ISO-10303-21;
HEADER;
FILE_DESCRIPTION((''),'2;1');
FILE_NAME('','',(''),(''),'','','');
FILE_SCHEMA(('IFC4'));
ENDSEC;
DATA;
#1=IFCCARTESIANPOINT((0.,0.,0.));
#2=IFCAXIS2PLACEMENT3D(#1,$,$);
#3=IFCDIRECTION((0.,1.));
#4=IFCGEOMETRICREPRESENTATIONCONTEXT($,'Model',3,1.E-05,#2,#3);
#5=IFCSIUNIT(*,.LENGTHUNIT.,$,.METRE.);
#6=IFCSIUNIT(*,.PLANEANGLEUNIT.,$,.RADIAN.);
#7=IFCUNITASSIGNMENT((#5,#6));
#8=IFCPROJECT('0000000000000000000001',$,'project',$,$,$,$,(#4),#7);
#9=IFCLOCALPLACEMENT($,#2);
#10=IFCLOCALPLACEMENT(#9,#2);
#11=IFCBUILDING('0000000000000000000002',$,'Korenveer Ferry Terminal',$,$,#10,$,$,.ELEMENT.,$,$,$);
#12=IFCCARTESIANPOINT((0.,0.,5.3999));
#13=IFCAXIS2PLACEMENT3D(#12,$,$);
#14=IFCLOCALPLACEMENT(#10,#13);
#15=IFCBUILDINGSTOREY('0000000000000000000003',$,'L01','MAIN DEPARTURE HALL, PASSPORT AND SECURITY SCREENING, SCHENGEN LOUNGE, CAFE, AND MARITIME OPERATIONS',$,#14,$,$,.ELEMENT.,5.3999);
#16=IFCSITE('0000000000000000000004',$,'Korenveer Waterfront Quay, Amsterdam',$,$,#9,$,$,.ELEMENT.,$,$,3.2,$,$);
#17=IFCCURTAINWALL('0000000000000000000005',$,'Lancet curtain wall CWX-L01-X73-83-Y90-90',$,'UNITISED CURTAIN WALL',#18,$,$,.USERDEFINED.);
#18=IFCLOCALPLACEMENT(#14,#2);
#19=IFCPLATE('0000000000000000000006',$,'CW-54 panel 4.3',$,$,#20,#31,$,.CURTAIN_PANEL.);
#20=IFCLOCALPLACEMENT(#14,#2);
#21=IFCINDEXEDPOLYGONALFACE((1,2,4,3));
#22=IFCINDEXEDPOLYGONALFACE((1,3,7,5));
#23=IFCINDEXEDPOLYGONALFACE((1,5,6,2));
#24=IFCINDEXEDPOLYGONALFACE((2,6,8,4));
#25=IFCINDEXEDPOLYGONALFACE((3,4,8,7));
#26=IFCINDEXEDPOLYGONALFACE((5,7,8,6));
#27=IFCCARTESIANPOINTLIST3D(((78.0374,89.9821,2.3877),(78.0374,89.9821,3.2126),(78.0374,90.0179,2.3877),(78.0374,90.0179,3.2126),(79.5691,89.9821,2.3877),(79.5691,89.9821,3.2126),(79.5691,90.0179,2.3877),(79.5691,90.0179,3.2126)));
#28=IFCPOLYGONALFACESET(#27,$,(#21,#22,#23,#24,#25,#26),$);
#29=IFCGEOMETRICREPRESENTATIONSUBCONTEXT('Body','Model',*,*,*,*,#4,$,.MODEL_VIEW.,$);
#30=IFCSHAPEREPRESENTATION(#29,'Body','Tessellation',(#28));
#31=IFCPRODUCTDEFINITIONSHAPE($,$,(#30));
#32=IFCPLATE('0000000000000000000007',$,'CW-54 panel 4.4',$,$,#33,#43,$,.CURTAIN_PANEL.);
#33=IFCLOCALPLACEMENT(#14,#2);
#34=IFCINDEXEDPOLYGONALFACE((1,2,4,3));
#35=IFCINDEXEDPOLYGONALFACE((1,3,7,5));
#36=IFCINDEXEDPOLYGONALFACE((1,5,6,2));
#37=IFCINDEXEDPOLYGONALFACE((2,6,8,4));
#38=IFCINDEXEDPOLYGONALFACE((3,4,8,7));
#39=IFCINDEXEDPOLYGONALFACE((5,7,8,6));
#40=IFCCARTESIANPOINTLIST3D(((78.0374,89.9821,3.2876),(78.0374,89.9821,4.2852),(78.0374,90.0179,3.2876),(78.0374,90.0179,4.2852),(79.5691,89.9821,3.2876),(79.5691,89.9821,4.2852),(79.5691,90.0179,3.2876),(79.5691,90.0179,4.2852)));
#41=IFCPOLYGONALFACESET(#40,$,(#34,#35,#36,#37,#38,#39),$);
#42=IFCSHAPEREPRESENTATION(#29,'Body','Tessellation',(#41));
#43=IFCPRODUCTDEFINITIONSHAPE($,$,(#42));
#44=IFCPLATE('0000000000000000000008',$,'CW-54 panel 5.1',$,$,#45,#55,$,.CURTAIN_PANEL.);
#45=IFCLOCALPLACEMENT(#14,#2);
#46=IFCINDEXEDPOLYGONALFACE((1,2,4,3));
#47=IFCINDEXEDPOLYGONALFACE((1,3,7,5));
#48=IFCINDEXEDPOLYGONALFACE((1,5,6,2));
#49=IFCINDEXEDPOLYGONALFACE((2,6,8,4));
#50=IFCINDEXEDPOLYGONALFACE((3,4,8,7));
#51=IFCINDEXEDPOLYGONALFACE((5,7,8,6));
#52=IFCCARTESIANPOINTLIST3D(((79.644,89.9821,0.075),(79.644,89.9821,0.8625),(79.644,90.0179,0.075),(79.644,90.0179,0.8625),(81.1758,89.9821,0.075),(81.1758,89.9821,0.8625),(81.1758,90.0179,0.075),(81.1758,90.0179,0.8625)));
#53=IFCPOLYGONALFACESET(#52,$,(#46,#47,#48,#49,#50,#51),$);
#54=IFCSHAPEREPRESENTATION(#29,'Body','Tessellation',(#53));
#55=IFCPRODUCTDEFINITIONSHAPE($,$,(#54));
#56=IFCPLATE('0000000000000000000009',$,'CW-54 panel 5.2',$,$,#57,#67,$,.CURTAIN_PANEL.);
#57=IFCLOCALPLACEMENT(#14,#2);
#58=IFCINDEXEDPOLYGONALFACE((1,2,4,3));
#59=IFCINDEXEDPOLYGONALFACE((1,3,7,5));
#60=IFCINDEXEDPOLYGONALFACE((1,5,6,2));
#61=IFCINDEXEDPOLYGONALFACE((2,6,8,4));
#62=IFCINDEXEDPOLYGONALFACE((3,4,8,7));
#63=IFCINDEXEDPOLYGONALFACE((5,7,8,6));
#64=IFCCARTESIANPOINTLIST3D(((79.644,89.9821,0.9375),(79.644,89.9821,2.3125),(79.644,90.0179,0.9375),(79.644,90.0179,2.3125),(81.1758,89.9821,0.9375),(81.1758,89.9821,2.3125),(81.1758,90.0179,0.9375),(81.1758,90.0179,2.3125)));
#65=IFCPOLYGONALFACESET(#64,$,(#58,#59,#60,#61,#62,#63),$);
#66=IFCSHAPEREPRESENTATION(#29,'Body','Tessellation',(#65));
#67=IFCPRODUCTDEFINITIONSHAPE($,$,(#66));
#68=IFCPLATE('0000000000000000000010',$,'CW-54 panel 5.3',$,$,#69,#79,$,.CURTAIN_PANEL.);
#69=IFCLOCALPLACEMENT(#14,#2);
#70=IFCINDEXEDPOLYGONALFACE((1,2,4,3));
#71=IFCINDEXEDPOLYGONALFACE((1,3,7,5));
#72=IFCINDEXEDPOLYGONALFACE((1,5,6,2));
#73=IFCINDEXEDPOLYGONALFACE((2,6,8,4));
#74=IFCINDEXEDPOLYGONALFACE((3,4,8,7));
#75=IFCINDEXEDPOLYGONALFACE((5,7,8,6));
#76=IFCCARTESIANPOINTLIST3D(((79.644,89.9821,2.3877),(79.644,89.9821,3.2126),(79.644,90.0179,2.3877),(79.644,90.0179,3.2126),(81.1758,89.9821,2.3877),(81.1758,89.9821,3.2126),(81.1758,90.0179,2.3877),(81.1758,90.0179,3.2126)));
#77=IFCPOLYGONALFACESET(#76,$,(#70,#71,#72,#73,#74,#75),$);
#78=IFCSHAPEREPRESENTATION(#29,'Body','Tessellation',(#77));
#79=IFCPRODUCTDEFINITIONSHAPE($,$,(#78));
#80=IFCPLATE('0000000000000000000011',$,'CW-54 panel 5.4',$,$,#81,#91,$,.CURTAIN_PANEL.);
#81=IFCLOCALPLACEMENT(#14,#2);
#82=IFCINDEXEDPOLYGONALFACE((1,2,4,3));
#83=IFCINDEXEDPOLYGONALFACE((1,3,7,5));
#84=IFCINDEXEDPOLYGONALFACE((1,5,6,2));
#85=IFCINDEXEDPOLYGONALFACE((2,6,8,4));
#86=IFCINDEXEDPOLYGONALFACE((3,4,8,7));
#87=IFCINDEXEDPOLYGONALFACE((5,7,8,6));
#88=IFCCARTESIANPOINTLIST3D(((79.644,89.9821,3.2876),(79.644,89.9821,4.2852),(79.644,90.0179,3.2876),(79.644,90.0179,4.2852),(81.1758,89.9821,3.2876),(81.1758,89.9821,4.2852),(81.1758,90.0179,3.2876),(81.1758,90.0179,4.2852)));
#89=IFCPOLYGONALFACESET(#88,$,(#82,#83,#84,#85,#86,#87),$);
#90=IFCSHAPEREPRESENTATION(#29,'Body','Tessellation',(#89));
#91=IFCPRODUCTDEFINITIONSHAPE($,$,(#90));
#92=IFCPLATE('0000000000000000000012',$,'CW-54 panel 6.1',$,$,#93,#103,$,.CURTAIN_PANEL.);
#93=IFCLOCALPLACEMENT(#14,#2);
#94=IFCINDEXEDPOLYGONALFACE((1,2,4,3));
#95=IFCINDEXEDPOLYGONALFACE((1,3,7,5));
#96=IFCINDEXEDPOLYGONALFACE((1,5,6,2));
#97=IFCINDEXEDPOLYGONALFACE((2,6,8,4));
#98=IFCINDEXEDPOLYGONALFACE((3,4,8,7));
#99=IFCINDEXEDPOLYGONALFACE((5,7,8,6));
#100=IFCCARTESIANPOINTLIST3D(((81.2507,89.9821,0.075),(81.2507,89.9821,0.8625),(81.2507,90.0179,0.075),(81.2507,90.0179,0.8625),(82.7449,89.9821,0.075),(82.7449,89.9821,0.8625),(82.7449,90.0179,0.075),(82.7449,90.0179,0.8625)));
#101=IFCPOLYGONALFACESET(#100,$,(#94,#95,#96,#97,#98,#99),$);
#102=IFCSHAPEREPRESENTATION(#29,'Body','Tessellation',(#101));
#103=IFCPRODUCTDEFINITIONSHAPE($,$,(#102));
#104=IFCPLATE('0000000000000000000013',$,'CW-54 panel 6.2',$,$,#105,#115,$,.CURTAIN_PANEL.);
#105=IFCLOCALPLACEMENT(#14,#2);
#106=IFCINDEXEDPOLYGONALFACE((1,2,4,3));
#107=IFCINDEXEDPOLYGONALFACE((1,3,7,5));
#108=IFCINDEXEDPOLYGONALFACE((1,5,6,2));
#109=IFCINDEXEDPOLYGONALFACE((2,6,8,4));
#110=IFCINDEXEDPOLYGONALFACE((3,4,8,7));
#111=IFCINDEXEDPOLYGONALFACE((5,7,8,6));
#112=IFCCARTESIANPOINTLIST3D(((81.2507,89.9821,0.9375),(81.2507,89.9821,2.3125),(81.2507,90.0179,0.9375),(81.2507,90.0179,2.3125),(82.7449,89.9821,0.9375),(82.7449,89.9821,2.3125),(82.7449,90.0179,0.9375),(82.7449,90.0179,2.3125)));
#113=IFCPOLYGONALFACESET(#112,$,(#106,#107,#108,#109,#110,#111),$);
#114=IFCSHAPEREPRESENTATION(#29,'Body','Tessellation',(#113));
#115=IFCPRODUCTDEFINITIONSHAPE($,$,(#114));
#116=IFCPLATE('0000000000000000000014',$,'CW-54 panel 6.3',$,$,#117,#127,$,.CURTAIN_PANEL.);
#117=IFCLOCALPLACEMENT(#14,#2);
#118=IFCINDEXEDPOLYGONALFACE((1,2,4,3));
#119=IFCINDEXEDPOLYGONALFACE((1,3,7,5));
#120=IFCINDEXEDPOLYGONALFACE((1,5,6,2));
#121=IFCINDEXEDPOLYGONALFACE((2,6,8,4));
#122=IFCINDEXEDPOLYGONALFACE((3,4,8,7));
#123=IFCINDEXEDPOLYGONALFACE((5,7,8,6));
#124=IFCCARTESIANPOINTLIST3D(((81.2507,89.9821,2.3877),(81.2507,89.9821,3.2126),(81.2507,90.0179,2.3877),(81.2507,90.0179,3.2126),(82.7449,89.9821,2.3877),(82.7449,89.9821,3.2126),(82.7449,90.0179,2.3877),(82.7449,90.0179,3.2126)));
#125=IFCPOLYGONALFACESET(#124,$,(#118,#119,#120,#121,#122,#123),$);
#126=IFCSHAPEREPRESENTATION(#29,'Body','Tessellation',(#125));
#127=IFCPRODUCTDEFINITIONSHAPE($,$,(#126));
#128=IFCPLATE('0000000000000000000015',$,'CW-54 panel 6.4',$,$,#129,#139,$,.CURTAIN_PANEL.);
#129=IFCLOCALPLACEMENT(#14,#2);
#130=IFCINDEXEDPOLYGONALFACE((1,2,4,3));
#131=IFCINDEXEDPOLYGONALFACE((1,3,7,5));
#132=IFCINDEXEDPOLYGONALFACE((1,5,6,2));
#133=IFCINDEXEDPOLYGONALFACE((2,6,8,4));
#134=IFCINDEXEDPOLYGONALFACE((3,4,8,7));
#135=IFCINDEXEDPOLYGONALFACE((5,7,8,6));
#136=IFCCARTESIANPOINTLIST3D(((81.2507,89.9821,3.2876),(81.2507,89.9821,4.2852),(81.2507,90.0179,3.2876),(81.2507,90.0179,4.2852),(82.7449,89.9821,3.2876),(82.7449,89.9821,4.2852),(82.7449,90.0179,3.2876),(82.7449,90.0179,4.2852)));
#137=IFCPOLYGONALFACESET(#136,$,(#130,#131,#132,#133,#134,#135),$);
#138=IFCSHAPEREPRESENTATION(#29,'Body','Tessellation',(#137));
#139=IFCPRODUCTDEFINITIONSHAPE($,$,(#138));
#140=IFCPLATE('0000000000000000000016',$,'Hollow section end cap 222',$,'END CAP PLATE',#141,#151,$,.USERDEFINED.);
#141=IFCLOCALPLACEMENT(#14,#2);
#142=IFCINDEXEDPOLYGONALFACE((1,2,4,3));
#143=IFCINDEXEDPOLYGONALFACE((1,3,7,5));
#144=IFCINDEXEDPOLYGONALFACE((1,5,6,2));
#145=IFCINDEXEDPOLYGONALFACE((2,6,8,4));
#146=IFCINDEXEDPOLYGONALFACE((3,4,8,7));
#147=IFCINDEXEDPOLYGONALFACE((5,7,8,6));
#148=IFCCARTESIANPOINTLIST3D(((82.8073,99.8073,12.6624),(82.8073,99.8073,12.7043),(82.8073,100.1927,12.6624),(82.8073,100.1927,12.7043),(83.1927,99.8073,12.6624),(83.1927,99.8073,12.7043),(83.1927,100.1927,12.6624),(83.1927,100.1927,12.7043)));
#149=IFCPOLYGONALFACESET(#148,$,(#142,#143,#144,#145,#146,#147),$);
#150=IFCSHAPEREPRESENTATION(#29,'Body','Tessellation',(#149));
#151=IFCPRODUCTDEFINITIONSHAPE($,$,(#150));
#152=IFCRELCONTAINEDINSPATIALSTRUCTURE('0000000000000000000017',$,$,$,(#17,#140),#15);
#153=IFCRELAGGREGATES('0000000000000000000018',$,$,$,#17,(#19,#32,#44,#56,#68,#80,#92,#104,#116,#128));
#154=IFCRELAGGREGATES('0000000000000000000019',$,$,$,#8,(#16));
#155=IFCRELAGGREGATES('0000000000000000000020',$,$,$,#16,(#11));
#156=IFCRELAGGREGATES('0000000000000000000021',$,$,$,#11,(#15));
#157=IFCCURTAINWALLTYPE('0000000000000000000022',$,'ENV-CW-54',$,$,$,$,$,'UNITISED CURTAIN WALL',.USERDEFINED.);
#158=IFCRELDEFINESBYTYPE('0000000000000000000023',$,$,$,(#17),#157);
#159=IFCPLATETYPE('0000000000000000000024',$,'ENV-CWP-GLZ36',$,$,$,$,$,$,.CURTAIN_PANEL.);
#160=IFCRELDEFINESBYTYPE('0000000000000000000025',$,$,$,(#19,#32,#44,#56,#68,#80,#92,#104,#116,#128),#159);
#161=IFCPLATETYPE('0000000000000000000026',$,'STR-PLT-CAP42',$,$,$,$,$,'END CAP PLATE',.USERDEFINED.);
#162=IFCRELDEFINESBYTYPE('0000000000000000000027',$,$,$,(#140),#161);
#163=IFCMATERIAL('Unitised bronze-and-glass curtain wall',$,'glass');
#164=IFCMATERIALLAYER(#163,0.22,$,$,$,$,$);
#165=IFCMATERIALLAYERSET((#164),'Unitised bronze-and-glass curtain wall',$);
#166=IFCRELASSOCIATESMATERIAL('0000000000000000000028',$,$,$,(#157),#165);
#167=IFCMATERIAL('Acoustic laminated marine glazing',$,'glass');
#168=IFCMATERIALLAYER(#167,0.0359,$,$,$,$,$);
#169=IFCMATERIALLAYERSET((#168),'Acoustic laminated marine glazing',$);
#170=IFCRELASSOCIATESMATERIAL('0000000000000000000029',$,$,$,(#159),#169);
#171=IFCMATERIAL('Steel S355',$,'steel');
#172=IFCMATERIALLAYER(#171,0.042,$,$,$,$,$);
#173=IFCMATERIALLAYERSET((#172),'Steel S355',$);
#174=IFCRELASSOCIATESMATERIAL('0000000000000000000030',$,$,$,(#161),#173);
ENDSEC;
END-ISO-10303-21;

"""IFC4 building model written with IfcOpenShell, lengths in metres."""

from ifc_helpers import new_model, si_unit, direction, frame, origin, origin_2d, place, context, subcontext, project, spatial, rectangle, extrude, material, layer, layer_set, type_object, element, aggregate, save


model = new_model("IFC4")

# Units and contexts
model_context = context("Model", 3, precision=1e-05, world=origin(), true_north=direction((0.0, 1.0)))
body_context = subcontext(model_context, "Body", "Model", "MODEL_VIEW")
ifc_project = project(units=[si_unit("LENGTHUNIT", "METRE"), si_unit("PLANEANGLEUNIT", "RADIAN")], contexts=[model_context])

# Site, building, storey
site_placement = place(None, origin())
site = spatial("IfcSite", under=ifc_project, at=site_placement, Name="Korenveer Waterfront Quay, Amsterdam", CompositionType="ELEMENT", RefElevation=3.2)
building_placement = place(site_placement, origin())
building = spatial("IfcBuilding", under=site, at=building_placement, Name="Korenveer Ferry Terminal", CompositionType="ELEMENT")
storey_placement = place(building_placement, frame((0.0, 0.0, 5.3999)))
storey = spatial("IfcBuildingStorey", under=building, at=storey_placement, Name="L01", Description="MAIN DEPARTURE HALL, PASSPORT AND SECURITY SCREENING, SCHENGEN LOUNGE, CAFE, AND MARITIME OPERATIONS", CompositionType="ELEMENT", Elevation=5.3999)

# Shared definitions
ifc_material_1 = material(Name="Steel S355", Category="steel")

# Curtain wall, plates
ifc_material_2 = material(Name="Unitised bronze-and-glass curtain wall", Category="glass")
ifc_layer_1 = layer(ifc_material_2, 0.22)
ifc_layer_set_1 = layer_set([ifc_layer_1], Name="Unitised bronze-and-glass curtain wall")
curtain_wall_type = type_object("IfcCurtainWallType", Name="ENV-CW-54", ElementType="UNITISED CURTAIN WALL", PredefinedType="USERDEFINED", material=ifc_layer_set_1)
curtain_wall_placement = place(storey_placement, frame((73.1799, 90.0, 0.0)))
curtain_wall = element("IfcCurtainWall", 1, at=curtain_wall_placement, inside=storey, type_object=curtain_wall_type, Name="Lancet curtain wall CWX-L01-X73-83-Y90-90", ObjectType="UNITISED CURTAIN WALL", PredefinedType="USERDEFINED")
ifc_material_3 = material(Name="Acoustic laminated marine glazing", Category="glass")
ifc_layer_2 = layer(ifc_material_3, 0.0359)
ifc_layer_set_2 = layer_set([ifc_layer_2], Name="Acoustic laminated marine glazing")
plate_type_1 = type_object("IfcPlateType", Name="ENV-CWP-GLZ36", PredefinedType="CURTAIN_PANEL", material=ifc_layer_set_2)
plate_1_placement = place(storey_placement, frame((78.8032, 90.0, 2.3877), z_axis=(0.0, 0.0, 1.0), x_axis=(1.0, 0.0, 0.0)))
plate_1 = element("IfcPlate", 2, at=plate_1_placement, type_object=plate_type_1, Name="CW-54 panel 4.3", PredefinedType="CURTAIN_PANEL", context=body_context, shape_type="SweptSolid", body=[
    extrude(rectangle(XDim=1.5317, YDim=0.0359, at=origin_2d()), origin(), (0.0, 0.0, 1.0), 0.825),
])
plate_2_placement = place(storey_placement, frame((78.8032, 90.0, 3.2876), z_axis=(0.0, 0.0, 1.0), x_axis=(1.0, 0.0, 0.0)))
plate_2 = element("IfcPlate", 3, at=plate_2_placement, type_object=plate_type_1, Name="CW-54 panel 4.4", PredefinedType="CURTAIN_PANEL", context=body_context, shape_type="SweptSolid", body=[
    extrude(rectangle(XDim=1.5317, YDim=0.0359, at=origin_2d()), origin(), (0.0, 0.0, 1.0), 0.9976),
])
plate_3_placement = place(storey_placement, frame((80.4099, 90.0, 0.075), z_axis=(0.0, 0.0, 1.0), x_axis=(1.0, 0.0, 0.0)))
plate_3 = element("IfcPlate", 4, at=plate_3_placement, type_object=plate_type_1, Name="CW-54 panel 5.1", PredefinedType="CURTAIN_PANEL", context=body_context, shape_type="SweptSolid", body=[
    extrude(rectangle(XDim=1.5317, YDim=0.0359, at=origin_2d()), origin(), (0.0, 0.0, 1.0), 0.7876),
])
plate_4_placement = place(storey_placement, frame((80.4099, 90.0, 0.9375), z_axis=(0.0, 0.0, 1.0), x_axis=(1.0, 0.0, 0.0)))
plate_4 = element("IfcPlate", 5, at=plate_4_placement, type_object=plate_type_1, Name="CW-54 panel 5.2", PredefinedType="CURTAIN_PANEL", context=body_context, shape_type="SweptSolid", body=[
    extrude(rectangle(XDim=1.5317, YDim=0.0359, at=origin_2d()), origin(), (0.0, 0.0, 1.0), 1.375),
])
plate_5_placement = place(storey_placement, frame((80.4099, 90.0, 2.3877), z_axis=(0.0, 0.0, 1.0), x_axis=(1.0, 0.0, 0.0)))
plate_5 = element("IfcPlate", 6, at=plate_5_placement, type_object=plate_type_1, Name="CW-54 panel 5.3", PredefinedType="CURTAIN_PANEL", context=body_context, shape_type="SweptSolid", body=[
    extrude(rectangle(XDim=1.5317, YDim=0.0359, at=origin_2d()), origin(), (0.0, 0.0, 1.0), 0.825),
])
plate_6_placement = place(storey_placement, frame((80.4099, 90.0, 3.2876), z_axis=(0.0, 0.0, 1.0), x_axis=(1.0, 0.0, 0.0)))
plate_6 = element("IfcPlate", 7, at=plate_6_placement, type_object=plate_type_1, Name="CW-54 panel 5.4", PredefinedType="CURTAIN_PANEL", context=body_context, shape_type="SweptSolid", body=[
    extrude(rectangle(XDim=1.5317, YDim=0.0359, at=origin_2d()), origin(), (0.0, 0.0, 1.0), 0.9976),
])
plate_7_placement = place(storey_placement, frame((81.9978, 90.0, 0.075), z_axis=(0.0, 0.0, 1.0), x_axis=(1.0, 0.0, 0.0)))
plate_7 = element("IfcPlate", 8, at=plate_7_placement, type_object=plate_type_1, Name="CW-54 panel 6.1", PredefinedType="CURTAIN_PANEL", context=body_context, shape_type="SweptSolid", body=[
    extrude(rectangle(XDim=1.4941, YDim=0.0359, at=origin_2d()), origin(), (0.0, 0.0, 1.0), 0.7876),
])
plate_8_placement = place(storey_placement, frame((81.9978, 90.0, 0.9375), z_axis=(0.0, 0.0, 1.0), x_axis=(1.0, 0.0, 0.0)))
plate_8 = element("IfcPlate", 9, at=plate_8_placement, type_object=plate_type_1, Name="CW-54 panel 6.2", PredefinedType="CURTAIN_PANEL", context=body_context, shape_type="SweptSolid", body=[
    extrude(rectangle(XDim=1.4941, YDim=0.0359, at=origin_2d()), origin(), (0.0, 0.0, 1.0), 1.375),
])
plate_9_placement = place(storey_placement, frame((81.9978, 90.0, 2.3877), z_axis=(0.0, 0.0, 1.0), x_axis=(1.0, 0.0, 0.0)))
plate_9 = element("IfcPlate", 10, at=plate_9_placement, type_object=plate_type_1, Name="CW-54 panel 6.3", PredefinedType="CURTAIN_PANEL", context=body_context, shape_type="SweptSolid", body=[
    extrude(rectangle(XDim=1.4941, YDim=0.0359, at=origin_2d()), origin(), (0.0, 0.0, 1.0), 0.825),
])
plate_10_placement = place(storey_placement, frame((81.9978, 90.0, 3.2876), z_axis=(0.0, 0.0, 1.0), x_axis=(1.0, 0.0, 0.0)))
plate_10 = element("IfcPlate", 11, at=plate_10_placement, type_object=plate_type_1, Name="CW-54 panel 6.4", PredefinedType="CURTAIN_PANEL", context=body_context, shape_type="SweptSolid", body=[
    extrude(rectangle(XDim=1.4941, YDim=0.0359, at=origin_2d()), origin(), (0.0, 0.0, 1.0), 0.9976),
])
aggregate(curtain_wall, [plate_1, plate_2, plate_3, plate_4, plate_5, plate_6, plate_7, plate_8, plate_9, plate_10])

# Plate
ifc_layer_3 = layer(ifc_material_1, 0.042)
ifc_layer_set_3 = layer_set([ifc_layer_3], Name="Steel S355")
plate_type_2 = type_object("IfcPlateType", Name="STR-PLT-CAP42", ElementType="END CAP PLATE", PredefinedType="USERDEFINED", material=ifc_layer_set_3)
plate_11_placement = place(storey_placement, frame((83.0, 100.0, 12.6624), z_axis=(0.0, 0.0, 1.0), x_axis=(1.0, 0.0, 0.0)))
element("IfcPlate", 12, at=plate_11_placement, inside=storey, type_object=plate_type_2, Name="Hollow section end cap 222", ObjectType="END CAP PLATE", PredefinedType="USERDEFINED", context=body_context, shape_type="SweptSolid", body=[
    extrude(rectangle(XDim=0.3855, YDim=0.3855, at=origin_2d()), origin(), (0.0, 0.0, 1.0), 0.042),
])

save(model, "model.ifc")
